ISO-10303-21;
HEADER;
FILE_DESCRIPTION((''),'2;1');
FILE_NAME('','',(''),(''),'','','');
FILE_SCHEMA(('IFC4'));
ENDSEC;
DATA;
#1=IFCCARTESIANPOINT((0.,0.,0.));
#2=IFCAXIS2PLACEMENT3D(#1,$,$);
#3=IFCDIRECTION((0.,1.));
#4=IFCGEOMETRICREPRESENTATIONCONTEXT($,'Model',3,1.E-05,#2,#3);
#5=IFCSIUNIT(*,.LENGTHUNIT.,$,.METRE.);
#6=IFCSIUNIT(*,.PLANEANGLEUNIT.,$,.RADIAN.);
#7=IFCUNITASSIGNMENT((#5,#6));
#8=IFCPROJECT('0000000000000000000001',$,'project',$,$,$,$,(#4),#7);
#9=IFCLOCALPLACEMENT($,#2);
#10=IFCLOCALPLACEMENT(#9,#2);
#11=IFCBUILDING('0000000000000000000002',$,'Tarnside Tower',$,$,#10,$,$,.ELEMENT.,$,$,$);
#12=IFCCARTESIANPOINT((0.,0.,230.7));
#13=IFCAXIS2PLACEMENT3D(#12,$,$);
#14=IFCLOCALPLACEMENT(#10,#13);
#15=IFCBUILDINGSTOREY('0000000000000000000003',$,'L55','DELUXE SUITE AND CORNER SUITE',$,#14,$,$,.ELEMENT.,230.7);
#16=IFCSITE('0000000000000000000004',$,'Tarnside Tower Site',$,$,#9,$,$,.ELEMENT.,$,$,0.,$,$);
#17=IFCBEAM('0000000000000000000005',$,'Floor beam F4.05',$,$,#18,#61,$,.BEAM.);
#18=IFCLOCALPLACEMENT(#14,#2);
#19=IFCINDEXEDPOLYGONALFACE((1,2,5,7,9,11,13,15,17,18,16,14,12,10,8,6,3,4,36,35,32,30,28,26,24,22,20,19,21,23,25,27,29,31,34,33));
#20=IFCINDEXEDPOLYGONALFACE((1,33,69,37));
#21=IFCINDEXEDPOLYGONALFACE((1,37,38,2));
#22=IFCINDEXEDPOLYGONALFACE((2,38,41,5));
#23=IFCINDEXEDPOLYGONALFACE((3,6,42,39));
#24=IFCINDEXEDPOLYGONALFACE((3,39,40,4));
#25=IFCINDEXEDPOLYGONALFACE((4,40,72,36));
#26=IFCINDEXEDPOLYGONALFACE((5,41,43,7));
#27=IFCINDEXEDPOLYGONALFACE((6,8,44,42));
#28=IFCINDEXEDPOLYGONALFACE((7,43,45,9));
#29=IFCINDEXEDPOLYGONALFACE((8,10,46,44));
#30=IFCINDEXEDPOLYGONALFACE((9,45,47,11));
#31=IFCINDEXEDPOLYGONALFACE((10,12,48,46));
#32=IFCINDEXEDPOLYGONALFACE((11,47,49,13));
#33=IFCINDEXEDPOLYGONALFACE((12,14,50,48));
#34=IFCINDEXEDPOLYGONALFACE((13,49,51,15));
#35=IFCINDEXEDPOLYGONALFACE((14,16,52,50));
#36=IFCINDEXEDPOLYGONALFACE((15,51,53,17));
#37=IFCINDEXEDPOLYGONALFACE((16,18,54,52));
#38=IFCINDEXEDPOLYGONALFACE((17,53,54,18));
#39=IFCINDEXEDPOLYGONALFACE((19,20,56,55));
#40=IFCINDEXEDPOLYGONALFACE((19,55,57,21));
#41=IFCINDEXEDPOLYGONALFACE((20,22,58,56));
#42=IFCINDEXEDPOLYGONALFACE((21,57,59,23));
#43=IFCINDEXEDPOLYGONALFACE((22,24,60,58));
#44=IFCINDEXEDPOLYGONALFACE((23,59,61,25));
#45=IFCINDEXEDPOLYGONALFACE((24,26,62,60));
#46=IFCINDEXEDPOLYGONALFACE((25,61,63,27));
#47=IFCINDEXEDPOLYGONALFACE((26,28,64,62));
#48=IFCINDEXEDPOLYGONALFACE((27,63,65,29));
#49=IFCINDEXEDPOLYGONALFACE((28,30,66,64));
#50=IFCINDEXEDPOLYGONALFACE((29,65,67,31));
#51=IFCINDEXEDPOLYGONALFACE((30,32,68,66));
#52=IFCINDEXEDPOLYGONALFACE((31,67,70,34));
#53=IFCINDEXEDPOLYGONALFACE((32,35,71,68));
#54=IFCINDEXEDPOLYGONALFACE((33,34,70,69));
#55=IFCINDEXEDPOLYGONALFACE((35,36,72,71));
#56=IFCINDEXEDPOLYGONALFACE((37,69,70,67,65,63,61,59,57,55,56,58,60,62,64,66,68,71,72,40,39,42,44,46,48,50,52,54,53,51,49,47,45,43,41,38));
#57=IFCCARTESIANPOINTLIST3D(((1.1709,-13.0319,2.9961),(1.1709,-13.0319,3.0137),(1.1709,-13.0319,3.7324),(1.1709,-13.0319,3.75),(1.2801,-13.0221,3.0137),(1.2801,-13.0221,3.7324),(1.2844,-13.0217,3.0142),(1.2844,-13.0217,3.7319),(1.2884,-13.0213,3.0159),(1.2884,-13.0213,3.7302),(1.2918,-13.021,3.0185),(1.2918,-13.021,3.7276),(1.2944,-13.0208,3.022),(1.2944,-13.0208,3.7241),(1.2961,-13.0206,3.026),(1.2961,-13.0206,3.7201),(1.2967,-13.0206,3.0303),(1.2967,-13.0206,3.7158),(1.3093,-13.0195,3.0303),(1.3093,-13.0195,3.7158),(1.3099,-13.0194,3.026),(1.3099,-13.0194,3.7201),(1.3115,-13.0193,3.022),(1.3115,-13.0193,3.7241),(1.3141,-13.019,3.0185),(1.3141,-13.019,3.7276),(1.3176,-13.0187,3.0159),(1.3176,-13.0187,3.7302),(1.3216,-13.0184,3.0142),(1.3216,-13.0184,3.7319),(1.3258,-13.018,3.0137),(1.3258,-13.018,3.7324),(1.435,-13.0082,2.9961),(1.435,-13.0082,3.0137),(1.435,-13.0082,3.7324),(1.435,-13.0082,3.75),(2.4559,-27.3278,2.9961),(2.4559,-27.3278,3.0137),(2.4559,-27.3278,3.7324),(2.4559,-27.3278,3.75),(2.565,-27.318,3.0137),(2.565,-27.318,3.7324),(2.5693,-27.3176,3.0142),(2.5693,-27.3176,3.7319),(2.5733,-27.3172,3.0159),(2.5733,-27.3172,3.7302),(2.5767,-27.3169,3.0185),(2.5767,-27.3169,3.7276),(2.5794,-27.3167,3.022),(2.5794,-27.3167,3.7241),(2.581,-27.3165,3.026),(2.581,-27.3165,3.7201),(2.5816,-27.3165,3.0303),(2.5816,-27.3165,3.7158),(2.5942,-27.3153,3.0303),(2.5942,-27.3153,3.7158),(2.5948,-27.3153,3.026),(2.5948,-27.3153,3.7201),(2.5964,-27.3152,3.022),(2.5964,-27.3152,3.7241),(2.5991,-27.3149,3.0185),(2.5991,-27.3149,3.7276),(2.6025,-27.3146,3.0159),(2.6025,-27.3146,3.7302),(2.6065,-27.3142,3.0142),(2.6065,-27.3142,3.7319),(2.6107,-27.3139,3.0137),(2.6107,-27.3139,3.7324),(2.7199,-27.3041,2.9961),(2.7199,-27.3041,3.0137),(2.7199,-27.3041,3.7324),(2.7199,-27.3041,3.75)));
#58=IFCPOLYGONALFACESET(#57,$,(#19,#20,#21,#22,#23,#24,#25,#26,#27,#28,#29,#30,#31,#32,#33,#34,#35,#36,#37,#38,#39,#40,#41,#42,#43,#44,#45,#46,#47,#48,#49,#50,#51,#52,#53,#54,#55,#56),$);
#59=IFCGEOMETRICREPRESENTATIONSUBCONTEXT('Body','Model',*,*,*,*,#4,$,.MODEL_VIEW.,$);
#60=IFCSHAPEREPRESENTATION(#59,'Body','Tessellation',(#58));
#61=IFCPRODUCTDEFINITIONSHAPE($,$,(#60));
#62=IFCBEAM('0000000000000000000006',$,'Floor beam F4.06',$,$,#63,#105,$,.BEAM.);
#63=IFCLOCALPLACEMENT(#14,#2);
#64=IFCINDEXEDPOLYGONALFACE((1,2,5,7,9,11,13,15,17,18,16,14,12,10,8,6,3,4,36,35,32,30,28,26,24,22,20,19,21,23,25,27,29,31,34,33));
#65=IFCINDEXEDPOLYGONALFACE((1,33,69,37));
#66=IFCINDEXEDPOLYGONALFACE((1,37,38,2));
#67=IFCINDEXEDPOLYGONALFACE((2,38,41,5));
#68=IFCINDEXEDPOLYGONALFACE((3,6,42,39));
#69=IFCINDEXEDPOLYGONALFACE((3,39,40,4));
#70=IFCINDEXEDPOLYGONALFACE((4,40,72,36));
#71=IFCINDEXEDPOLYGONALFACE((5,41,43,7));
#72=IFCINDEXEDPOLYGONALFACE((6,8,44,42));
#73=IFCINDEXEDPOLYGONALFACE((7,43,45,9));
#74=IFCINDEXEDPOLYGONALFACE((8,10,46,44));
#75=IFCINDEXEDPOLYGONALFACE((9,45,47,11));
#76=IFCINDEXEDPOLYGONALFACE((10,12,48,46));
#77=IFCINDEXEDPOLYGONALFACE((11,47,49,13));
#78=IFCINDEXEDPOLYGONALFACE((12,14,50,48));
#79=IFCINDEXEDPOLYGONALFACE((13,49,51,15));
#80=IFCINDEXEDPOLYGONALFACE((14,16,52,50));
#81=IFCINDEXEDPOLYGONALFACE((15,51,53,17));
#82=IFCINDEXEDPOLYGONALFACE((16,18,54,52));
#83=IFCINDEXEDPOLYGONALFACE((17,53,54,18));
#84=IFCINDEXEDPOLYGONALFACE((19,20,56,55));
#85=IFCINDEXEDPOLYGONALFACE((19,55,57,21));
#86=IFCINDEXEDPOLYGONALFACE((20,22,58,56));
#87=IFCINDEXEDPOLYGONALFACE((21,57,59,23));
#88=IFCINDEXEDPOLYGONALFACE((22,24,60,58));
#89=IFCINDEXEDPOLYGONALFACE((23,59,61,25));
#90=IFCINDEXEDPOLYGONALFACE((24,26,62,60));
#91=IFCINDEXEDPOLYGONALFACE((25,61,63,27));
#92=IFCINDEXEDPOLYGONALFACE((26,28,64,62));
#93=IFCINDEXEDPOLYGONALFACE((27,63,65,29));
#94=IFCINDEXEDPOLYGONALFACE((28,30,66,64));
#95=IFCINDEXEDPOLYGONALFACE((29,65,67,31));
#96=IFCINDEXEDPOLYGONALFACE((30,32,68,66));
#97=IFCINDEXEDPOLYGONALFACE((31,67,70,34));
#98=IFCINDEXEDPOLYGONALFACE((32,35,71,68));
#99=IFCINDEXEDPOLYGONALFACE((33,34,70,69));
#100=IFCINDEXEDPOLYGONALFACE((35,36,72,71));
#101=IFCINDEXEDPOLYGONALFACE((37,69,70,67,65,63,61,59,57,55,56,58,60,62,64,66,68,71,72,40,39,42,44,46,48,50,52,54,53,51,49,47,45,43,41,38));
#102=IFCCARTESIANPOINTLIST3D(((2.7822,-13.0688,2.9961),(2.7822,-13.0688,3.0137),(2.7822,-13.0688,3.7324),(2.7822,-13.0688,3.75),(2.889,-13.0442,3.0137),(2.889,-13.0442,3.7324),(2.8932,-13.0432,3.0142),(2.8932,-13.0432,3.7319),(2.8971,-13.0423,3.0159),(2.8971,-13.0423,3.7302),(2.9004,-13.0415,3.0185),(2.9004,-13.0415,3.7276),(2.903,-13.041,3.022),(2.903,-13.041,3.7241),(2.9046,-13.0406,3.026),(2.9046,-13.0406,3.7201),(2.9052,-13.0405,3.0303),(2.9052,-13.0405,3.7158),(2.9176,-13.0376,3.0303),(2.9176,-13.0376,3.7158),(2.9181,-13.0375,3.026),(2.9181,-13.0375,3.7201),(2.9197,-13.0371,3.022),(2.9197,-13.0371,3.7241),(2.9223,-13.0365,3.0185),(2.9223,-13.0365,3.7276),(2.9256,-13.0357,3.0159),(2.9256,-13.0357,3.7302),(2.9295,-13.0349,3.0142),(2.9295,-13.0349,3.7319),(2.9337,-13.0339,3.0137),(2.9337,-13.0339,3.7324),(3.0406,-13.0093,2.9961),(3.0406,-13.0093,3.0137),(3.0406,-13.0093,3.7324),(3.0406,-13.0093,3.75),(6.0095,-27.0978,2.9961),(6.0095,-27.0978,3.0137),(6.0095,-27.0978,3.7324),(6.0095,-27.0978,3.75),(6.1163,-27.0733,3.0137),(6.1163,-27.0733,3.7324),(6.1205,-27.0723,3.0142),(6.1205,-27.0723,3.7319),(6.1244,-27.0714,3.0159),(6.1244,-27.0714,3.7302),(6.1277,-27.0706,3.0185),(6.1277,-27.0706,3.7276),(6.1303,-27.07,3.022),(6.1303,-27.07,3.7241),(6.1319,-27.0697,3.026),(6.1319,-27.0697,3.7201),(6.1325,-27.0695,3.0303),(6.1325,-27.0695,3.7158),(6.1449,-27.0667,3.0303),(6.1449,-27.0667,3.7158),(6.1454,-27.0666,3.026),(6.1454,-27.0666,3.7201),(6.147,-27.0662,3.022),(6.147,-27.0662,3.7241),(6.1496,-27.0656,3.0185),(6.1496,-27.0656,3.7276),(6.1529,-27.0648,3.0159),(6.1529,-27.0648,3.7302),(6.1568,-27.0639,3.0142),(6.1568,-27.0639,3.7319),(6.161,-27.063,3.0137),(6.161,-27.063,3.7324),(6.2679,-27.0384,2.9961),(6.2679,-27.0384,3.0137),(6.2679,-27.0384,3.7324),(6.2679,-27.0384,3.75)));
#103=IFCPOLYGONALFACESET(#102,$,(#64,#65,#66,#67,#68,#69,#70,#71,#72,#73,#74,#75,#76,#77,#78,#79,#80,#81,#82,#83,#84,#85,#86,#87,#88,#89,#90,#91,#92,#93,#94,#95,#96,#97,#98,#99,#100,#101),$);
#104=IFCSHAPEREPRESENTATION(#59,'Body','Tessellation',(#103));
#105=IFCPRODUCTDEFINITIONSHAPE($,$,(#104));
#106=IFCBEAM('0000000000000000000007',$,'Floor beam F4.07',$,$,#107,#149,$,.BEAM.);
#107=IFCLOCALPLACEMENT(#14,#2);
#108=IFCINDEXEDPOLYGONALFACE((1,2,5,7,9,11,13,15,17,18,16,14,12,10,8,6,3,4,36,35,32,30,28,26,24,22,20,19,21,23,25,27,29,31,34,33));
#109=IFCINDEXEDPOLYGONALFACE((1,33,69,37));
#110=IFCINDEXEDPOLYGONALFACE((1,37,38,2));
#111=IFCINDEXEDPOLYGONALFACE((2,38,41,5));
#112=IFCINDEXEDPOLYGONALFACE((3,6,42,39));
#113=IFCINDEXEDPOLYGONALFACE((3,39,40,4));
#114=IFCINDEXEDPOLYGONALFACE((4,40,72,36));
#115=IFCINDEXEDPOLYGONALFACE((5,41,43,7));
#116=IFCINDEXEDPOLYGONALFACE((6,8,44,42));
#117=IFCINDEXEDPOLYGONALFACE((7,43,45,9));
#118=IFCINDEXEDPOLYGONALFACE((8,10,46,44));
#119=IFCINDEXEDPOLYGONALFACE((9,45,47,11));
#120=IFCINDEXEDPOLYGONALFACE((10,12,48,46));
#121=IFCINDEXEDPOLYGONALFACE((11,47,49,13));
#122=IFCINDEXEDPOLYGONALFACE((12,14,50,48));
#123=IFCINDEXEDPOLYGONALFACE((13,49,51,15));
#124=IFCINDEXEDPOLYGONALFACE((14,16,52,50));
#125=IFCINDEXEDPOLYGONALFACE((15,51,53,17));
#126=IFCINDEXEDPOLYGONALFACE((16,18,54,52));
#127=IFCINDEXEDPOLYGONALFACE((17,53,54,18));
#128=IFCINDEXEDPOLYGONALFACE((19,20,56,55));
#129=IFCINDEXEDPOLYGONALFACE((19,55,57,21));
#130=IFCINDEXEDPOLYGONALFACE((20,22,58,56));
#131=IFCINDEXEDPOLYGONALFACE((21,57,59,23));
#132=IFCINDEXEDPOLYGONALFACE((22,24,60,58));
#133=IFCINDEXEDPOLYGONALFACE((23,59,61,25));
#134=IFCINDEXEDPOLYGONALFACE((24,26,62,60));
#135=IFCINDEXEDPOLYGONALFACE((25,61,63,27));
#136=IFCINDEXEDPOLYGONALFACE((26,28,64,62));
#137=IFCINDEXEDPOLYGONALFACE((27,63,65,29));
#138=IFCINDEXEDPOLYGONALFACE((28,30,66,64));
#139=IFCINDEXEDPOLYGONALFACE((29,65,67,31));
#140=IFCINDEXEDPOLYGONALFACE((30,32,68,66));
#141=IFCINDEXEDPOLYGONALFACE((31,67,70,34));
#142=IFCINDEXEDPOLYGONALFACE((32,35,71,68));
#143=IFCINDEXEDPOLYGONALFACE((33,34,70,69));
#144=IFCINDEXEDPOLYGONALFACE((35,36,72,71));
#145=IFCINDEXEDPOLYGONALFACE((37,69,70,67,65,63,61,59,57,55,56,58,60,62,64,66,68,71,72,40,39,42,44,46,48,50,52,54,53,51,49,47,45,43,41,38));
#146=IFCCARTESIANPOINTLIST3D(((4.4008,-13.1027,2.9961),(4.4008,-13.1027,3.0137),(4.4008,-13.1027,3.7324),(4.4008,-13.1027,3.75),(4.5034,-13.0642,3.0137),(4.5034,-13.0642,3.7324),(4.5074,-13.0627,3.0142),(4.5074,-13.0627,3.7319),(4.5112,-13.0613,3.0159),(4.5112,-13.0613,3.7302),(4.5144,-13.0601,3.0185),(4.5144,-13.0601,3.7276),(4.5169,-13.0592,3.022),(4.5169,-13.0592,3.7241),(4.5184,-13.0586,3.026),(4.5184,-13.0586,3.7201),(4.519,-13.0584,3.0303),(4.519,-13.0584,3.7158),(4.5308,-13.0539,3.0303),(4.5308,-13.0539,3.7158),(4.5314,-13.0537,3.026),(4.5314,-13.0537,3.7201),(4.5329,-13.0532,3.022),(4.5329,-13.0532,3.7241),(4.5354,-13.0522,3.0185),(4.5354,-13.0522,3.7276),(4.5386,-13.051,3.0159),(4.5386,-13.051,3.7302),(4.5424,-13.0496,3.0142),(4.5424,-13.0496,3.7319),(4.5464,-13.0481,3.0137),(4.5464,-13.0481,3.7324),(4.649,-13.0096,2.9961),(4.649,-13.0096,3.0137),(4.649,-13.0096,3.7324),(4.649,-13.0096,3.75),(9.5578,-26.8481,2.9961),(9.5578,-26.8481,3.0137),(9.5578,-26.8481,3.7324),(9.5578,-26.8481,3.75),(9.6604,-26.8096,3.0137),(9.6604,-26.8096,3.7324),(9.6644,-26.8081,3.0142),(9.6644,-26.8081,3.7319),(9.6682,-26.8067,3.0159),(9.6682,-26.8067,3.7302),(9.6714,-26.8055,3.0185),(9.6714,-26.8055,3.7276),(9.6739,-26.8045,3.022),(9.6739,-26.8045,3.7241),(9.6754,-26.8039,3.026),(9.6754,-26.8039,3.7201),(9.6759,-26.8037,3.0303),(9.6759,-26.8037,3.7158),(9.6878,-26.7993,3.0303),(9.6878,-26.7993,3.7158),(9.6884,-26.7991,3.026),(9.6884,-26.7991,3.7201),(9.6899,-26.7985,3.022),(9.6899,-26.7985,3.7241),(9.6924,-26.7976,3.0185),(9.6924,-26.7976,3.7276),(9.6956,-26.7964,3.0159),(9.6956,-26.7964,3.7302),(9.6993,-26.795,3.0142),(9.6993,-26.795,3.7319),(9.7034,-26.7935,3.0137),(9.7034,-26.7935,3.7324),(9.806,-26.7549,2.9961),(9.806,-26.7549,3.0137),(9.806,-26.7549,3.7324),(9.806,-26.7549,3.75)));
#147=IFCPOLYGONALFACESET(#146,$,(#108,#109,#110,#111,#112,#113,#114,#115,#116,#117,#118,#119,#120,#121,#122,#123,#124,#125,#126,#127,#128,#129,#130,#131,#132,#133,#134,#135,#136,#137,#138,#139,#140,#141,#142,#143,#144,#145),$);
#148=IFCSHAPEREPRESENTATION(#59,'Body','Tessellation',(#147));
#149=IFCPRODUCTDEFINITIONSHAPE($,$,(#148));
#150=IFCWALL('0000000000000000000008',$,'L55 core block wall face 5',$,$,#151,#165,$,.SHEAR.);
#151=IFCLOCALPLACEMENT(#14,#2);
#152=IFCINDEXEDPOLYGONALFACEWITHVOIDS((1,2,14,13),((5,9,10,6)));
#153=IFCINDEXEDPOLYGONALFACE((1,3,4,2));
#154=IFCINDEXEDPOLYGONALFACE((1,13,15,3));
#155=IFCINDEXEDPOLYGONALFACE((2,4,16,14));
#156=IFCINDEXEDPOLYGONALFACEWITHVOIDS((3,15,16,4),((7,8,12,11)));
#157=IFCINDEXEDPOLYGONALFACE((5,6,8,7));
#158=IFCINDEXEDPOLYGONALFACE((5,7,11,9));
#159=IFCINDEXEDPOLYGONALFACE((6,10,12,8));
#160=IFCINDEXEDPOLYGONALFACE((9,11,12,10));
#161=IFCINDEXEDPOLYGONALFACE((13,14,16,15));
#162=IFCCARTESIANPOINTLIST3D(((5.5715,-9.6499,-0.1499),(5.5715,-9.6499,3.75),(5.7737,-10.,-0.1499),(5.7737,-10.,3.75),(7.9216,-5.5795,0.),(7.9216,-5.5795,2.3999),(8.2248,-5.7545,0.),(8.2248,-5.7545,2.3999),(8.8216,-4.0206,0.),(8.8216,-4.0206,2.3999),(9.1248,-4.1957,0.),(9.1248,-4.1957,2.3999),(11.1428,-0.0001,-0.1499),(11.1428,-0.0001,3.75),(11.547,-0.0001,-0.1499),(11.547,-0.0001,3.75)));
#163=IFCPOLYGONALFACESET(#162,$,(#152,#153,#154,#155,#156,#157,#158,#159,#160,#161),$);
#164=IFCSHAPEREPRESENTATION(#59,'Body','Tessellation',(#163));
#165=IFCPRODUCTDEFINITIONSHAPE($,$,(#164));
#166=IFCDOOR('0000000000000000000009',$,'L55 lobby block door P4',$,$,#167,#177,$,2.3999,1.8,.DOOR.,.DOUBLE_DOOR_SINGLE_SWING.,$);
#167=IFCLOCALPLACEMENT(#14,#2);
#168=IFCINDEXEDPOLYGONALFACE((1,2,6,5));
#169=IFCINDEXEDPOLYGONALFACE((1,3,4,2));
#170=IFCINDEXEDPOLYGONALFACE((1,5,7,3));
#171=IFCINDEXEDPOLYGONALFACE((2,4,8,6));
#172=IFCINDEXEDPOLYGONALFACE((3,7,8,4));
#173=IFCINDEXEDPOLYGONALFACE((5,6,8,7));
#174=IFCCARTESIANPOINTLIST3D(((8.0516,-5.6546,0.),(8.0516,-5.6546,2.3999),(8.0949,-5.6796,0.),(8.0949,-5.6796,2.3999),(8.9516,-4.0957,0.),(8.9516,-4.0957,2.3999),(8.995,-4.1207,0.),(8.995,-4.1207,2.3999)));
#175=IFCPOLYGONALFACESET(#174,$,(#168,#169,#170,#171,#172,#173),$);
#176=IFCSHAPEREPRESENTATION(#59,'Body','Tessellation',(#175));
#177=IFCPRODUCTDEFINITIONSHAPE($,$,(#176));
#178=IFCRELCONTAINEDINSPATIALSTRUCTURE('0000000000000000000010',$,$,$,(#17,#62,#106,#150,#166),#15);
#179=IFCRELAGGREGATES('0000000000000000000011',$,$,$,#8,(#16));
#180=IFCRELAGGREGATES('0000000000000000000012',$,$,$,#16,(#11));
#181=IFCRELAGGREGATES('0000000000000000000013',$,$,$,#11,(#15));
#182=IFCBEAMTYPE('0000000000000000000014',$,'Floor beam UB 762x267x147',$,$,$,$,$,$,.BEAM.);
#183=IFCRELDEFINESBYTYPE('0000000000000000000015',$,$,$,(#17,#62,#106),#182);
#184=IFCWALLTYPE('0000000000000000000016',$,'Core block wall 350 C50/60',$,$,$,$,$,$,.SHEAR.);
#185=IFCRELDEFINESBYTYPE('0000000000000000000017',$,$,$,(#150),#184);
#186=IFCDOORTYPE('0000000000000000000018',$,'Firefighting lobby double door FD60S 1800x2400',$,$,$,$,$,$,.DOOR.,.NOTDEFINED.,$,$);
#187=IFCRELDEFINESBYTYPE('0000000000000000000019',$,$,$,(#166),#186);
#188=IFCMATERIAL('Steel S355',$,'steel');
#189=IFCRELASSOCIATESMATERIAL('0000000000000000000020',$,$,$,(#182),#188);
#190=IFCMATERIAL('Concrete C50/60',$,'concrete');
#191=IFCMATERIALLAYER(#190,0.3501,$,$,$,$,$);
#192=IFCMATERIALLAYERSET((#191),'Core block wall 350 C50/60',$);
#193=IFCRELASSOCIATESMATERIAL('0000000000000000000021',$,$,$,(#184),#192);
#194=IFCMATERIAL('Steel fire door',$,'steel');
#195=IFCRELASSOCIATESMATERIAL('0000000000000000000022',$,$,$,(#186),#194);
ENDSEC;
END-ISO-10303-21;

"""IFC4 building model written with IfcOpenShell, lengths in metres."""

from ifc_helpers import new_model, si_unit, direction, frame, frame_2d, origin, origin_2d, place, context, subcontext, project, spatial, polyline, rectangle, i_section, outline, extrude, material, layer, layer_set, material_profile, profile_set, type_object, element, fill, save


model = new_model("IFC4")

# Units and contexts
model_context = context("Model", 3, precision=1e-05, world=origin(), true_north=direction((0.0, 1.0)))
body_context = subcontext(model_context, "Body", "Model", "MODEL_VIEW")
ifc_project = project(units=[si_unit("LENGTHUNIT", "METRE"), si_unit("PLANEANGLEUNIT", "RADIAN")], contexts=[model_context])

# Site, building, storey
site_placement = place(None, origin())
site = spatial("IfcSite", under=ifc_project, at=site_placement, Name="Tarnside Tower Site", CompositionType="ELEMENT", RefElevation=0.0)
building_placement = place(site_placement, origin())
building = spatial("IfcBuilding", under=site, at=building_placement, Name="Tarnside Tower", CompositionType="ELEMENT")
storey_placement = place(building_placement, frame((0.0, 0.0, 230.7)))
storey = spatial("IfcBuildingStorey", under=building, at=storey_placement, Name="L55", Description="DELUXE SUITE AND CORNER SUITE", CompositionType="ELEMENT", Elevation=230.7)

# Beams
ifc_material_1 = material(Name="Steel S355", Category="steel")
ifc_material_profile = material_profile(ifc_material_1, i_section(OverallWidth=0.2651, OverallDepth=0.7539, WebThickness=0.0127, FlangeThickness=0.0176, FilletRadius=0.0166, at=origin_2d()), Name="UB 762x267x147")
ifc_profile_set = profile_set([ifc_material_profile], Name="Steel S355")
beam_type = type_object("IfcBeamType", Name="Floor beam UB 762x267x147", PredefinedType="BEAM", material=ifc_profile_set)
beam_1_placement = place(storey_placement, frame((2.5879, -27.3159, 3.373), z_axis=(-0.089519, 0.995985, 0.0), x_axis=(-0.995985, -0.089519, 0.0)))
element("IfcBeam", 1, at=beam_1_placement, inside=storey, type_object=beam_type, Name="Floor beam F4.05", PredefinedType="BEAM", context=body_context, shape_type="SweptSolid", body=[
    extrude(i_section(OverallWidth=0.2651, OverallDepth=0.7539, WebThickness=0.0127, FlangeThickness=0.0176, FilletRadius=0.0166, at=origin_2d()), origin(), (0.0, 0.0, 1.0), 14.3535),
])
beam_2_placement = place(storey_placement, frame((6.1387, -27.0681, 3.373), z_axis=(-0.224188, 0.974546, 0.0), x_axis=(-0.974546, -0.224188, 0.0)))
element("IfcBeam", 2, at=beam_2_placement, inside=storey, type_object=beam_type, Name="Floor beam F4.06", PredefinedType="BEAM", context=body_context, shape_type="SweptSolid", body=[
    extrude(i_section(OverallWidth=0.2651, OverallDepth=0.7539, WebThickness=0.0127, FlangeThickness=0.0176, FilletRadius=0.0166, at=origin_2d()), origin(), (0.0, 0.0, 1.0), 14.3955),
])
beam_3_placement = place(storey_placement, frame((9.6819, -26.8015, 3.373), z_axis=(-0.351271, 0.936274, 0.0), x_axis=(-0.936274, -0.351271, 0.0)))
element("IfcBeam", 3, at=beam_3_placement, inside=storey, type_object=beam_type, Name="Floor beam F4.07", PredefinedType="BEAM", context=body_context, shape_type="SweptSolid", body=[
    extrude(i_section(OverallWidth=0.2651, OverallDepth=0.7539, WebThickness=0.0127, FlangeThickness=0.0176, FilletRadius=0.0166, at=origin_2d()), origin(), (0.0, 0.0, 1.0), 14.6809),
])

# Wall, opening, door
ifc_material_2 = material(Name="Concrete C50/60", Category="concrete")
ifc_layer_1 = layer(ifc_material_2, 0.3501)
ifc_layer_set_1 = layer_set([ifc_layer_1], Name="Core block wall 350 C50/60")
wall_type_1 = type_object("IfcWallType", Name="Core block wall 350 C50/60", PredefinedType="SHEAR", material=ifc_layer_set_1)
wall_1_placement = place(storey_placement, frame((5.6726, -9.825, -0.1499), z_axis=(0.0, 0.0, 1.0), x_axis=(0.499995, 0.866028, 0.0)))
wall_1 = element("IfcWall", 4, at=wall_1_placement, inside=storey, type_object=wall_type_1, Name="L55 core block wall face 5", PredefinedType="SHEAR", context=body_context, shape_type="SweptSolid", body=[
    extrude(outline(polyline([(-0.1011, -0.175), (11.4458, -0.175), (11.2437, 0.175), (0.1011, 0.175), (-0.1011, -0.175)])), origin(), (0.0, 0.0, 1.0), 3.8999),
])
opening_1_placement = place(wall_1_placement, frame((4.8013, 0.0, 0.1499)))
opening_1 = element("IfcOpeningElement", 5, at=opening_1_placement, cuts=wall_1, PredefinedType="OPENING", context=body_context, shape_type="SweptSolid", body=[
    extrude(rectangle(XDim=1.8, YDim=2.3999, at=frame_2d((0.8999, 1.2))), frame((0.0, 0.1851, 0.0), z_axis=(0.0, -1.0, 0.0), x_axis=(1.0, 0.0, 0.0)), (0.0, 0.0, 1.0), 0.3701),
])
ifc_material_3 = material(Name="Steel fire door", Category="steel")
door_type_1 = type_object("IfcDoorType", Name="Firefighting lobby double door FD60S 1800x2400", OperationType="NOTDEFINED", PredefinedType="DOOR", material=ifc_material_3)
door_1_placement = place(opening_1_placement, origin())
door_1 = element("IfcDoor", 6, at=door_1_placement, inside=storey, type_object=door_type_1, Name="L55 lobby block door P4", OperationType="DOUBLE_DOOR_SINGLE_SWING", OverallHeight=2.3999, OverallWidth=1.8, PredefinedType="DOOR", context=body_context, shape_type="SweptSolid", body=[
    extrude(rectangle(XDim=1.8, YDim=2.3999, at=frame_2d((0.8999, 1.2))), frame((0.0, 0.0249, 0.0), z_axis=(0.0, -1.0, 0.0), x_axis=(1.0, 0.0, 0.0)), (0.0, 0.0, 1.0), 0.05),
])
fill(opening_1, door_1)

save(model, "model.ifc")
